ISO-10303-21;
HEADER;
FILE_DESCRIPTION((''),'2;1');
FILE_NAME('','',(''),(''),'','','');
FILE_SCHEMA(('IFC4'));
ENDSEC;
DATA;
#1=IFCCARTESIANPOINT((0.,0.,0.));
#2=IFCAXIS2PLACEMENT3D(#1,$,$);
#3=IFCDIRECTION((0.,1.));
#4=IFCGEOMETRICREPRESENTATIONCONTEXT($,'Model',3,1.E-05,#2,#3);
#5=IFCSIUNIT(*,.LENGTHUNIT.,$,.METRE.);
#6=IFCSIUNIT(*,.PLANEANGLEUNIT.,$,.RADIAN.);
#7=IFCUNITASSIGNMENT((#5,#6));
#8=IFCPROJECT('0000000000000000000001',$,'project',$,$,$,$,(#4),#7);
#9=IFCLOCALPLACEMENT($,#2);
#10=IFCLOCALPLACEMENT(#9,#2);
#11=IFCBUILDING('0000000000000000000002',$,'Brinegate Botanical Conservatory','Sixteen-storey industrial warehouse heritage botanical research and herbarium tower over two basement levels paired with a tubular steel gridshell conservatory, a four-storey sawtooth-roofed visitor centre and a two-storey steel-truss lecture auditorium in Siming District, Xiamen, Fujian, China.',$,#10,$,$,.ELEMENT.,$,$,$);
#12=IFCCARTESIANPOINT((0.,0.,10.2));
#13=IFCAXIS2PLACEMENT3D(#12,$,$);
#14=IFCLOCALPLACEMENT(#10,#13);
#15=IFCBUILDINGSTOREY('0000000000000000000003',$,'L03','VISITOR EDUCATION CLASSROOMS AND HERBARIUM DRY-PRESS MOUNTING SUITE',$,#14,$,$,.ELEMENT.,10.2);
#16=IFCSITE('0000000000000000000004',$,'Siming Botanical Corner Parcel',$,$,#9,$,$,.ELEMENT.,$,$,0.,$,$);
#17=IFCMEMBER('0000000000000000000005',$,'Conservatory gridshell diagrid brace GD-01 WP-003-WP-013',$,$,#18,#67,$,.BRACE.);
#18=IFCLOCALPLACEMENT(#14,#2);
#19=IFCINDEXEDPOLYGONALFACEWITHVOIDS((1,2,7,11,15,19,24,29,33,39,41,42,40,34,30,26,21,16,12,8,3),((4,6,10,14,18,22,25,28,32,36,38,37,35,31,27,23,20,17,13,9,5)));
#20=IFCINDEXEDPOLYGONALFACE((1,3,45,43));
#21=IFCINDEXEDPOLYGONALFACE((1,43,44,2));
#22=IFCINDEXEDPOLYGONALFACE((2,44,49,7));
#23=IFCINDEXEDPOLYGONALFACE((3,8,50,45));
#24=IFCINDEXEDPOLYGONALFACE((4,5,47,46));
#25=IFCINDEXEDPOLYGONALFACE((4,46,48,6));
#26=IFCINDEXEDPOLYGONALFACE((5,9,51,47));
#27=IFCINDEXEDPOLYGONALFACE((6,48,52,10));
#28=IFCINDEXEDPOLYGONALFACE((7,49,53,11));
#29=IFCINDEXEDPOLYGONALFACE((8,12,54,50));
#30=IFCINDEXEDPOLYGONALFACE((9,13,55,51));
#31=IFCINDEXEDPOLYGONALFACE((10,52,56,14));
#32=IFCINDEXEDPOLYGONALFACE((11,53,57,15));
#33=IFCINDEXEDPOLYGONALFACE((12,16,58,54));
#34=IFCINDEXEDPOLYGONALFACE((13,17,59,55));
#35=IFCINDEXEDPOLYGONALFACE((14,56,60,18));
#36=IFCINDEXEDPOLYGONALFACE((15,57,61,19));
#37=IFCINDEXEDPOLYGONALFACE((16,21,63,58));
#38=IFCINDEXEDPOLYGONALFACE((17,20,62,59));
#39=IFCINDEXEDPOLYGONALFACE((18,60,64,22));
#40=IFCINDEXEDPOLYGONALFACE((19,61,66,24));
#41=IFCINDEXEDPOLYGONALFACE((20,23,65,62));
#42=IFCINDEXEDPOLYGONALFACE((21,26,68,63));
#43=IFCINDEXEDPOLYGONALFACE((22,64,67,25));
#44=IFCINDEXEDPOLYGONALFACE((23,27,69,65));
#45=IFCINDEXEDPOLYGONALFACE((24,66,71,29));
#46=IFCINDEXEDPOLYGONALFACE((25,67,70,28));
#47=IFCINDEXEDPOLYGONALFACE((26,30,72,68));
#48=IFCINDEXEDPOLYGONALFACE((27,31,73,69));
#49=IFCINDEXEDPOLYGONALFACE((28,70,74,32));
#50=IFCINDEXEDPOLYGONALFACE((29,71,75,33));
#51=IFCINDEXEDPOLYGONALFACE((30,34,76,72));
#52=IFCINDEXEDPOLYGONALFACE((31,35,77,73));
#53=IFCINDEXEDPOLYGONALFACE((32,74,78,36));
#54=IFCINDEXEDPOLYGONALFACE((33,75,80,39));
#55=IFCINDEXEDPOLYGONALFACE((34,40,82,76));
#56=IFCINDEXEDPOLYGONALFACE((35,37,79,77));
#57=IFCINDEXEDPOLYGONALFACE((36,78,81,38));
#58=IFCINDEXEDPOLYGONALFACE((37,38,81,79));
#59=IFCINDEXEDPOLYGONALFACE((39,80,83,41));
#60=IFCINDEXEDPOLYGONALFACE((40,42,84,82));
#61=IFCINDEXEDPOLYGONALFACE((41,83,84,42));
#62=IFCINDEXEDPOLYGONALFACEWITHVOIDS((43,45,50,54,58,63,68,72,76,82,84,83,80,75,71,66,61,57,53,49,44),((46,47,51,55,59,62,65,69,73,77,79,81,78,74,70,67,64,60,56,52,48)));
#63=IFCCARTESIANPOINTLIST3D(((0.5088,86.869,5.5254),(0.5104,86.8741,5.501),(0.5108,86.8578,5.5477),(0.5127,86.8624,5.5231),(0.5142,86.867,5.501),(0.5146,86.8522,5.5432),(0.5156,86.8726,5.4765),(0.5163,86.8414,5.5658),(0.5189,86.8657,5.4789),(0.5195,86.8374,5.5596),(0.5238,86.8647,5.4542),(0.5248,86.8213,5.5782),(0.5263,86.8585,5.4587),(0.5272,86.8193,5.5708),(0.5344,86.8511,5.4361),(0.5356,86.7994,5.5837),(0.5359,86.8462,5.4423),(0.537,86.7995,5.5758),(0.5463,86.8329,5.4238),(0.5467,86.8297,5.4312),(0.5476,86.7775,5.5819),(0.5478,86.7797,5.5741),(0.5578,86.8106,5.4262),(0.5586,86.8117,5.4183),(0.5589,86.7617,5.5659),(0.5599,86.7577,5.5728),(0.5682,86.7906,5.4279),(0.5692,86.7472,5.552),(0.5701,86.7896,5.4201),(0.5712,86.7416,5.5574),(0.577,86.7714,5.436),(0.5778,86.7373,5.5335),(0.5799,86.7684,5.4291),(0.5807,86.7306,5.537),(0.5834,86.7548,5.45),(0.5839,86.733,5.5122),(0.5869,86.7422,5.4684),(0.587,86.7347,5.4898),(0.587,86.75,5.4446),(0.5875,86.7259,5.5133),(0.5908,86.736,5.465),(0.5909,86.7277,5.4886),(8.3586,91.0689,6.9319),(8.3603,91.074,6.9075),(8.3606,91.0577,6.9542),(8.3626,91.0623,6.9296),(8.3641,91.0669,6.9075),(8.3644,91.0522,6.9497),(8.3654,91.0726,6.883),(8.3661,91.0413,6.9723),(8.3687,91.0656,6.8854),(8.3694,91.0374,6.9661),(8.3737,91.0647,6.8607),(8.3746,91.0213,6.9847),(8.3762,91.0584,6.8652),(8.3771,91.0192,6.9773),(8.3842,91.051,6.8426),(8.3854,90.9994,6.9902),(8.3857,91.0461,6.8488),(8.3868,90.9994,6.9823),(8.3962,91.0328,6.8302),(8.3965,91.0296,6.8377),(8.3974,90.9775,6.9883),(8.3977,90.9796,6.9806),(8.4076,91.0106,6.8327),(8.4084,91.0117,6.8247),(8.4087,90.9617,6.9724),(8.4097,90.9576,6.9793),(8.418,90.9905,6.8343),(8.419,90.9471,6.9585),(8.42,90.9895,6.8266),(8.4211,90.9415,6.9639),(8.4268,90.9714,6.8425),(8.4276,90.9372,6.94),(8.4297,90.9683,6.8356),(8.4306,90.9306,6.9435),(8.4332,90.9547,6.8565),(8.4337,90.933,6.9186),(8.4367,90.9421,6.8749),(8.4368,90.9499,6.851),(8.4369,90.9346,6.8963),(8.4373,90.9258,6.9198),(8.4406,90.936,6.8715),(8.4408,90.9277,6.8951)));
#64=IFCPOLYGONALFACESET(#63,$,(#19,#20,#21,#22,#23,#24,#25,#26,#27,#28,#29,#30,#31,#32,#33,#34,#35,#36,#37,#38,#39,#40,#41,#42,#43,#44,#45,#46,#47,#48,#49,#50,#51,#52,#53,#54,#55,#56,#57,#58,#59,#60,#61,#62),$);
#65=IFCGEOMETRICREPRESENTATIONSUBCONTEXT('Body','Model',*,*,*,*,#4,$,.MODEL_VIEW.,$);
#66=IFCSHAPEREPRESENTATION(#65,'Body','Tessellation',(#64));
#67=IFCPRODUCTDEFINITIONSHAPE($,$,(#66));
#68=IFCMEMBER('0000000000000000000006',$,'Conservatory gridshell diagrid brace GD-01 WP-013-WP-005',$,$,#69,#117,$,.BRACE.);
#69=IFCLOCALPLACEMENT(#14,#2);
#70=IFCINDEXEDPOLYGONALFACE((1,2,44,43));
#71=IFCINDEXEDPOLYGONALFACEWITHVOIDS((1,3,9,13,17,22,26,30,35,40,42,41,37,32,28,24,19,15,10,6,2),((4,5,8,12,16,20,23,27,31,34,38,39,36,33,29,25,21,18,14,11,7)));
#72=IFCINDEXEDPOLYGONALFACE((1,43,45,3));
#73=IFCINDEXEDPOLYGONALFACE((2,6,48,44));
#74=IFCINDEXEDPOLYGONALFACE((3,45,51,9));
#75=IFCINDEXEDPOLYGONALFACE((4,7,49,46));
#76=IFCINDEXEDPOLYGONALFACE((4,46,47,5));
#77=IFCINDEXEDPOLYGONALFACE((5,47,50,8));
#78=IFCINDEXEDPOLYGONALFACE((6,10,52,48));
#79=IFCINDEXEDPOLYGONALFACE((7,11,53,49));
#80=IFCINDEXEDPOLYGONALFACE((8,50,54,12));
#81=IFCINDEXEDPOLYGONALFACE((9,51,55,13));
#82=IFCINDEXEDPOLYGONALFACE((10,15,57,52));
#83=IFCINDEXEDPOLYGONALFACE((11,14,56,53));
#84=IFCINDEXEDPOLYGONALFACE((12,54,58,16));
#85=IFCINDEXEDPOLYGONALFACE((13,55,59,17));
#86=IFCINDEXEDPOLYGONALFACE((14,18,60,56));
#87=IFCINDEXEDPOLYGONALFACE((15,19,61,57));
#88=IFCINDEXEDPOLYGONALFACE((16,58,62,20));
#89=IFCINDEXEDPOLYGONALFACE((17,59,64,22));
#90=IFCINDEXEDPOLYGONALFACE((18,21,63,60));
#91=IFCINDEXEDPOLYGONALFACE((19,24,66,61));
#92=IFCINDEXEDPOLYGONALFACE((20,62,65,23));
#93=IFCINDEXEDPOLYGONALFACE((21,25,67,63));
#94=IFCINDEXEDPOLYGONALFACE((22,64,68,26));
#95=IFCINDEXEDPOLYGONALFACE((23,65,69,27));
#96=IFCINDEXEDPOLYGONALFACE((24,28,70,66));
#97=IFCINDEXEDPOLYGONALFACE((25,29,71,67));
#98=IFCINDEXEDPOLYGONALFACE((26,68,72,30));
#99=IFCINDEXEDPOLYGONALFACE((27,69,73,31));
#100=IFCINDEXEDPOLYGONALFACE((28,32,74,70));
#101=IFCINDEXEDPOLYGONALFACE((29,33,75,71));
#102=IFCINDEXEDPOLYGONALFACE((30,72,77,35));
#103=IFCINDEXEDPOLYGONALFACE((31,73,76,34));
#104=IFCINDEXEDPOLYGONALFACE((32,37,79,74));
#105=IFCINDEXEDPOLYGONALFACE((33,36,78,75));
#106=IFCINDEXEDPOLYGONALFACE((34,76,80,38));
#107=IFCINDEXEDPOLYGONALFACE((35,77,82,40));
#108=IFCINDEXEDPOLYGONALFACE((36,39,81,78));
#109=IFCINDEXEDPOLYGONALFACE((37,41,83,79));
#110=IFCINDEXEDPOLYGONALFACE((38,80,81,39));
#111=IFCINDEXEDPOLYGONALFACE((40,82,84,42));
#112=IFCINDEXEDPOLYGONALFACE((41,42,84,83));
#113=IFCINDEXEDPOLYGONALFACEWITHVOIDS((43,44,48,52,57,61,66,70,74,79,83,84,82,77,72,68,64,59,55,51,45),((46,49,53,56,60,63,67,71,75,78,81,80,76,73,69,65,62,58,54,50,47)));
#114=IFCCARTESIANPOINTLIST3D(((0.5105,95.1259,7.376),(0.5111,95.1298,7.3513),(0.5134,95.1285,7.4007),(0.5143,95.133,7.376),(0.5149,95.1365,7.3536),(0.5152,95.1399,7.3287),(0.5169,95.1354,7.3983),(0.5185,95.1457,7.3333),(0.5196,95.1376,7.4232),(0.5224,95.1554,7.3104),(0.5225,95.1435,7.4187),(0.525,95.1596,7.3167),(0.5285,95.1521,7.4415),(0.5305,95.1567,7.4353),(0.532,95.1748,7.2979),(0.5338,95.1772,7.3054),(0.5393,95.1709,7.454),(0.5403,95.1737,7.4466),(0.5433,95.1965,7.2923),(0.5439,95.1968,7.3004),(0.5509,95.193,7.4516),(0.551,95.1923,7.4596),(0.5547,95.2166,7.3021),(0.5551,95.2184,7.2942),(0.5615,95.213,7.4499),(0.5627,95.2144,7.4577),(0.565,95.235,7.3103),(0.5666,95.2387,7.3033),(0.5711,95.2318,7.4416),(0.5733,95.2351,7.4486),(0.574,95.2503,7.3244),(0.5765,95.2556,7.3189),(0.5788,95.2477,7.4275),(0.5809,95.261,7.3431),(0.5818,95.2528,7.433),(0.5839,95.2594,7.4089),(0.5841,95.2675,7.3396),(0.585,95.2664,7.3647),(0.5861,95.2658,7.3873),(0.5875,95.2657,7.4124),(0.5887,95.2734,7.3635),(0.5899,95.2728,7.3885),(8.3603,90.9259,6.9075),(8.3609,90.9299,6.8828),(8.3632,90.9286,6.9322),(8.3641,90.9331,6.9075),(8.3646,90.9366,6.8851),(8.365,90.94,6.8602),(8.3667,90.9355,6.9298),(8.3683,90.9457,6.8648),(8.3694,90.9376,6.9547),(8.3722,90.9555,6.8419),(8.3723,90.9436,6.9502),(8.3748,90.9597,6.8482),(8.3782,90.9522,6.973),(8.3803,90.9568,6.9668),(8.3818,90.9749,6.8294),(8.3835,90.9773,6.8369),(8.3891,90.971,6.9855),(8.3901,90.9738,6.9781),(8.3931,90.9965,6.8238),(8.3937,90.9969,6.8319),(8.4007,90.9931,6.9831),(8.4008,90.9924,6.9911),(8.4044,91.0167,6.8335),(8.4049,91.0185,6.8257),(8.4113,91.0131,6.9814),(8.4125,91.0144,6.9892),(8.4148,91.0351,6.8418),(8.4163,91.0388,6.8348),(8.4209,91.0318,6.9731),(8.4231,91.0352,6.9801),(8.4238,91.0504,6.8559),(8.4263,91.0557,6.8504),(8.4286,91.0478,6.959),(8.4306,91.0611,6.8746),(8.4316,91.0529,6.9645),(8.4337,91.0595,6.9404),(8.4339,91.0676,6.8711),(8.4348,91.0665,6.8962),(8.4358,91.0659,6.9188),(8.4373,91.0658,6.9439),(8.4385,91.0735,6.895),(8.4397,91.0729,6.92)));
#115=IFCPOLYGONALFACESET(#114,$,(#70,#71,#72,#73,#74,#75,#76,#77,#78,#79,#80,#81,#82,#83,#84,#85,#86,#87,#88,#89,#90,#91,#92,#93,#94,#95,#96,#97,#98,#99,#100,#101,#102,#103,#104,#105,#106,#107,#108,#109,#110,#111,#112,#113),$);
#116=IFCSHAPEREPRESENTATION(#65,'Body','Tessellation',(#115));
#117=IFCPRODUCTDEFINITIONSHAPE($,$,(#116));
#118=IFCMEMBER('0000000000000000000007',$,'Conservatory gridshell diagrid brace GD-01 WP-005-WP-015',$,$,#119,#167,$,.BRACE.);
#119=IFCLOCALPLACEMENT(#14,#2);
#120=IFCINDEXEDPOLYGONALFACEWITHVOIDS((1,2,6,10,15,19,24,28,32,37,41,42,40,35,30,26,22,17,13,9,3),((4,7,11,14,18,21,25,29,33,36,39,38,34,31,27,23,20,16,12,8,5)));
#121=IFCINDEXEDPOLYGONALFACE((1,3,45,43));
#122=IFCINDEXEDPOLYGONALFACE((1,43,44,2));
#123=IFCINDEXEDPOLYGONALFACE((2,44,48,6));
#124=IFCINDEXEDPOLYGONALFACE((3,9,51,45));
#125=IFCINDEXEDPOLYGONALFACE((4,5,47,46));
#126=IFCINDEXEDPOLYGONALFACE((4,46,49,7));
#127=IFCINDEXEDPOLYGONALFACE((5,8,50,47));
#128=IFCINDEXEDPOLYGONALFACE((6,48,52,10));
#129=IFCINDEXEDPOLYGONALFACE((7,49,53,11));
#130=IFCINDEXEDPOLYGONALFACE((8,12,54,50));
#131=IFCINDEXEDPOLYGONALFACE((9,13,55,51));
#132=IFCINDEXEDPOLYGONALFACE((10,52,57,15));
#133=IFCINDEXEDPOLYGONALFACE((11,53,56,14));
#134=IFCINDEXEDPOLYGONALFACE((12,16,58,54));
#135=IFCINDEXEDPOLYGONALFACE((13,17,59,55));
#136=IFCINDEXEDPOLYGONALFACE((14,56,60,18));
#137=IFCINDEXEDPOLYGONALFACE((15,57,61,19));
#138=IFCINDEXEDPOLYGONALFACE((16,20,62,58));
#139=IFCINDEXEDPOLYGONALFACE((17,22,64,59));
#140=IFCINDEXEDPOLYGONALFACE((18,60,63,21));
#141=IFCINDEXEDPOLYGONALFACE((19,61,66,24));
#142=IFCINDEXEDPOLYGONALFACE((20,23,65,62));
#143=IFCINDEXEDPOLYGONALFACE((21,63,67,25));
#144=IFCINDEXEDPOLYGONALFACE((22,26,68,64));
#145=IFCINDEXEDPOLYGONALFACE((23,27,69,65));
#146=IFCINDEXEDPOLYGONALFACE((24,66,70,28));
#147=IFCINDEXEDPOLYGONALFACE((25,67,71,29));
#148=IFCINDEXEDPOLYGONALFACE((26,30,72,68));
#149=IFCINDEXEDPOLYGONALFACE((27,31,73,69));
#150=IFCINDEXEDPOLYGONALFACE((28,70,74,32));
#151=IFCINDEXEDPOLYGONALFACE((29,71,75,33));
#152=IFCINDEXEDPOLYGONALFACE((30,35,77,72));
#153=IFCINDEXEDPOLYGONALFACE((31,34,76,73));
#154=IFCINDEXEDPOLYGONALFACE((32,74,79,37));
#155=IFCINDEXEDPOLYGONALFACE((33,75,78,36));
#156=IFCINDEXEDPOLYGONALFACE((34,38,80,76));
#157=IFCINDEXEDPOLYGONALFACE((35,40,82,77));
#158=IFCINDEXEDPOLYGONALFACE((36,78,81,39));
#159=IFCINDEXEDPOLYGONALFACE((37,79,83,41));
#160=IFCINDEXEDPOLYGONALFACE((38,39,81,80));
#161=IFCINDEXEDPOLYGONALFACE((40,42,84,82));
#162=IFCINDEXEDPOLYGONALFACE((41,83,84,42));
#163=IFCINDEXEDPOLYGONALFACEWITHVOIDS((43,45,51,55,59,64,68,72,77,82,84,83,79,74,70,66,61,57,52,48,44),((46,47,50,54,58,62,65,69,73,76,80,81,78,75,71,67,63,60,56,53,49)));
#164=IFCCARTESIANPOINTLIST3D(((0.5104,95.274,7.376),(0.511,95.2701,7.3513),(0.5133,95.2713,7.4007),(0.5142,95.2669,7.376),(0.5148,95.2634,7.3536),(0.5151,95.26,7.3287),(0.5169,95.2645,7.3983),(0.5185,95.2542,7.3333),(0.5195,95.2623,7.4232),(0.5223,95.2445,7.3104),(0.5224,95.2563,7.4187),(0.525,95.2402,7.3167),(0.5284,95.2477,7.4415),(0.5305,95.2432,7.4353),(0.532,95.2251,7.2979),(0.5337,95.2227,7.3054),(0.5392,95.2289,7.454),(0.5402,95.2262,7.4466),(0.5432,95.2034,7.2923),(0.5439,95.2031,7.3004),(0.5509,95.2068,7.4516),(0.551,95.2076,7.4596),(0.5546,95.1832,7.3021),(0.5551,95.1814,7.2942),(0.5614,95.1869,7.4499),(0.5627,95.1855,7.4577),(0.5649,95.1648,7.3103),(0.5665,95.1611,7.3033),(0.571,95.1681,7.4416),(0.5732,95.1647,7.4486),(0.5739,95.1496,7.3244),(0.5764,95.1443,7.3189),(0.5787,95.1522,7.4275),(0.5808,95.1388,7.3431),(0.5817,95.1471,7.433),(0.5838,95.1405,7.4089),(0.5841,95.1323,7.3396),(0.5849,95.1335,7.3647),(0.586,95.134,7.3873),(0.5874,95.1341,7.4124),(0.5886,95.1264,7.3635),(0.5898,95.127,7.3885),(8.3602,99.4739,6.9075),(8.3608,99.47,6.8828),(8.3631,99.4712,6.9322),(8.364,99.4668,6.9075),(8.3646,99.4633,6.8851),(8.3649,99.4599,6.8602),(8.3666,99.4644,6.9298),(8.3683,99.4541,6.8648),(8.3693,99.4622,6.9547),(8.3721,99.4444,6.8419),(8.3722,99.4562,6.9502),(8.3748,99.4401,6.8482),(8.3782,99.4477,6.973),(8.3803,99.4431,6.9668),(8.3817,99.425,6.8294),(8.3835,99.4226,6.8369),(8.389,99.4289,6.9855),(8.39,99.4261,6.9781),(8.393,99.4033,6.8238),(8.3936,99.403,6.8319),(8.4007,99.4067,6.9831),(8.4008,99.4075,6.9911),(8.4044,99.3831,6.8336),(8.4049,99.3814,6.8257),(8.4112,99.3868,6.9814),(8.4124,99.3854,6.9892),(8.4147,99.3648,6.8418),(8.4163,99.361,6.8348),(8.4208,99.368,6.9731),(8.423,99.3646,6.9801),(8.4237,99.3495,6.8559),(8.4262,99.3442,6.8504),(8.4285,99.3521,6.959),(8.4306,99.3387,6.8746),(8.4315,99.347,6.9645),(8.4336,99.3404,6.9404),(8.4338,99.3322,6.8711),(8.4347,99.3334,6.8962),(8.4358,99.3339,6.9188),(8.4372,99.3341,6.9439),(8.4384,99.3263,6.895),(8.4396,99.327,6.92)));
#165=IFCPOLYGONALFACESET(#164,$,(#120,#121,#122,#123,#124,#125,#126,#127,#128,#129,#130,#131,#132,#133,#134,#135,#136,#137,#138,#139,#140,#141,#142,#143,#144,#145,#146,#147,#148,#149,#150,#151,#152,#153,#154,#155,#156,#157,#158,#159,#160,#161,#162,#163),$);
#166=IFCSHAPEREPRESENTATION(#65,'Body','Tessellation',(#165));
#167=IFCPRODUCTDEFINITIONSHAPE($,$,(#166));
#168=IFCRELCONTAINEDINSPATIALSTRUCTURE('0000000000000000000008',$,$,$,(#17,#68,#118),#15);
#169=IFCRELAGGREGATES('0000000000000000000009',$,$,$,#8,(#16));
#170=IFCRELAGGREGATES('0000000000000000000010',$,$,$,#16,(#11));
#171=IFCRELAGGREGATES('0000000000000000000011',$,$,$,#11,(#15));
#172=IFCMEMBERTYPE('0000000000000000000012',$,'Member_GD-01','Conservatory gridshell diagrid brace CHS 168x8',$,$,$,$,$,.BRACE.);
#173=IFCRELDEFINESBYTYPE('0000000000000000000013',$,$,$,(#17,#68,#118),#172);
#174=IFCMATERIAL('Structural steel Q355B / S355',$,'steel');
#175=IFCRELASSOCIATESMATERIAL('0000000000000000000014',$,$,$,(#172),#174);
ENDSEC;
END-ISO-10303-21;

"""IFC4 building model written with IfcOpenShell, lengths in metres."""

from ifc_helpers import new_model, si_unit, direction, frame, origin, origin_2d, place, context, subcontext, project, spatial, hollow_circle, extrude, material, material_profile, profile_set, type_object, element, save


model = new_model("IFC4")

# Units and contexts
model_context = context("Model", 3, precision=1e-05, world=origin(), true_north=direction((0.0, 1.0)))
body_context = subcontext(model_context, "Body", "Model", "MODEL_VIEW")
ifc_project = project(units=[si_unit("LENGTHUNIT", "METRE"), si_unit("PLANEANGLEUNIT", "RADIAN")], contexts=[model_context])

# Site, building, storey
site_placement = place(None, origin())
site = spatial("IfcSite", under=ifc_project, at=site_placement, Name="Siming Botanical Corner Parcel", CompositionType="ELEMENT", RefElevation=0.0)
building_placement = place(site_placement, origin())
building = spatial("IfcBuilding", under=site, at=building_placement, Name="Brinegate Botanical Conservatory", Description="Sixteen-storey industrial warehouse heritage botanical research and herbarium tower over two basement levels paired with a tubular steel gridshell conservatory, a four-storey sawtooth-roofed visitor centre and a two-storey steel-truss lecture auditorium in Siming District, Xiamen, Fujian, China.", CompositionType="ELEMENT")
storey_placement = place(building_placement, frame((0.0, 0.0, 10.2)))
storey = spatial("IfcBuildingStorey", under=building, at=storey_placement, Name="L03", Description="VISITOR EDUCATION CLASSROOMS AND HERBARIUM DRY-PRESS MOUNTING SUITE", CompositionType="ELEMENT", Elevation=10.2)

# Shared definitions
ifc_material_1 = material(Name="Structural steel Q355B / S355", Category="steel")

# Members
ifc_material_profile_1 = material_profile(ifc_material_1, hollow_circle(Radius=0.084, WallThickness=0.0081, at=origin_2d()), Name="CHS 168x8")
ifc_profile_set_1 = profile_set([ifc_material_profile_1], Name="Structural steel Q355B / S355")
member_type_1 = type_object("IfcMemberType", Name="Member_GD-01", Description="Conservatory gridshell diagrid brace CHS 168x8", PredefinedType="BRACE", material=ifc_profile_set_1)
member_1_placement = place(storey_placement, frame((0.55, 86.8, 5.501), z_axis=(0.870927, 0.465977, 0.156048), x_axis=(-0.471756, 0.881729, 0.0)))
element("IfcMember", 1, at=member_1_placement, inside=storey, type_object=member_type_1, Name="Conservatory gridshell diagrid brace GD-01 WP-003-WP-013", PredefinedType="BRACE", context=body_context, shape_type="SweptSolid", body=[
    extrude(hollow_circle(Radius=0.084, WallThickness=0.0081, at=origin_2d()), origin(), (0.0, 0.0, 1.0), 9.0132),
])
for number, where, z_axis, x_axis, name in (
    (2, (8.3999, 91.0, 6.9075), (-0.880511, 0.471105, 0.052552), (-0.471756, -0.881729, 0.0), "Conservatory gridshell diagrid brace GD-01 WP-013-WP-005"),
    (3, (0.55, 95.2, 7.376), (0.880511, 0.471105, -0.052552), (-0.471756, 0.881729, 0.0), "Conservatory gridshell diagrid brace GD-01 WP-005-WP-015"),
):
    element("IfcMember", number, at=place(storey_placement, frame(where, z_axis=z_axis, x_axis=x_axis)), inside=storey, type_object=member_type_1, Name=name, PredefinedType="BRACE", context=body_context, shape_type="SweptSolid", body=[
        extrude(hollow_circle(Radius=0.084, WallThickness=0.0081, at=origin_2d()), origin(), (0.0, 0.0, 1.0), 8.915),
    ])

save(model, "model.ifc")
